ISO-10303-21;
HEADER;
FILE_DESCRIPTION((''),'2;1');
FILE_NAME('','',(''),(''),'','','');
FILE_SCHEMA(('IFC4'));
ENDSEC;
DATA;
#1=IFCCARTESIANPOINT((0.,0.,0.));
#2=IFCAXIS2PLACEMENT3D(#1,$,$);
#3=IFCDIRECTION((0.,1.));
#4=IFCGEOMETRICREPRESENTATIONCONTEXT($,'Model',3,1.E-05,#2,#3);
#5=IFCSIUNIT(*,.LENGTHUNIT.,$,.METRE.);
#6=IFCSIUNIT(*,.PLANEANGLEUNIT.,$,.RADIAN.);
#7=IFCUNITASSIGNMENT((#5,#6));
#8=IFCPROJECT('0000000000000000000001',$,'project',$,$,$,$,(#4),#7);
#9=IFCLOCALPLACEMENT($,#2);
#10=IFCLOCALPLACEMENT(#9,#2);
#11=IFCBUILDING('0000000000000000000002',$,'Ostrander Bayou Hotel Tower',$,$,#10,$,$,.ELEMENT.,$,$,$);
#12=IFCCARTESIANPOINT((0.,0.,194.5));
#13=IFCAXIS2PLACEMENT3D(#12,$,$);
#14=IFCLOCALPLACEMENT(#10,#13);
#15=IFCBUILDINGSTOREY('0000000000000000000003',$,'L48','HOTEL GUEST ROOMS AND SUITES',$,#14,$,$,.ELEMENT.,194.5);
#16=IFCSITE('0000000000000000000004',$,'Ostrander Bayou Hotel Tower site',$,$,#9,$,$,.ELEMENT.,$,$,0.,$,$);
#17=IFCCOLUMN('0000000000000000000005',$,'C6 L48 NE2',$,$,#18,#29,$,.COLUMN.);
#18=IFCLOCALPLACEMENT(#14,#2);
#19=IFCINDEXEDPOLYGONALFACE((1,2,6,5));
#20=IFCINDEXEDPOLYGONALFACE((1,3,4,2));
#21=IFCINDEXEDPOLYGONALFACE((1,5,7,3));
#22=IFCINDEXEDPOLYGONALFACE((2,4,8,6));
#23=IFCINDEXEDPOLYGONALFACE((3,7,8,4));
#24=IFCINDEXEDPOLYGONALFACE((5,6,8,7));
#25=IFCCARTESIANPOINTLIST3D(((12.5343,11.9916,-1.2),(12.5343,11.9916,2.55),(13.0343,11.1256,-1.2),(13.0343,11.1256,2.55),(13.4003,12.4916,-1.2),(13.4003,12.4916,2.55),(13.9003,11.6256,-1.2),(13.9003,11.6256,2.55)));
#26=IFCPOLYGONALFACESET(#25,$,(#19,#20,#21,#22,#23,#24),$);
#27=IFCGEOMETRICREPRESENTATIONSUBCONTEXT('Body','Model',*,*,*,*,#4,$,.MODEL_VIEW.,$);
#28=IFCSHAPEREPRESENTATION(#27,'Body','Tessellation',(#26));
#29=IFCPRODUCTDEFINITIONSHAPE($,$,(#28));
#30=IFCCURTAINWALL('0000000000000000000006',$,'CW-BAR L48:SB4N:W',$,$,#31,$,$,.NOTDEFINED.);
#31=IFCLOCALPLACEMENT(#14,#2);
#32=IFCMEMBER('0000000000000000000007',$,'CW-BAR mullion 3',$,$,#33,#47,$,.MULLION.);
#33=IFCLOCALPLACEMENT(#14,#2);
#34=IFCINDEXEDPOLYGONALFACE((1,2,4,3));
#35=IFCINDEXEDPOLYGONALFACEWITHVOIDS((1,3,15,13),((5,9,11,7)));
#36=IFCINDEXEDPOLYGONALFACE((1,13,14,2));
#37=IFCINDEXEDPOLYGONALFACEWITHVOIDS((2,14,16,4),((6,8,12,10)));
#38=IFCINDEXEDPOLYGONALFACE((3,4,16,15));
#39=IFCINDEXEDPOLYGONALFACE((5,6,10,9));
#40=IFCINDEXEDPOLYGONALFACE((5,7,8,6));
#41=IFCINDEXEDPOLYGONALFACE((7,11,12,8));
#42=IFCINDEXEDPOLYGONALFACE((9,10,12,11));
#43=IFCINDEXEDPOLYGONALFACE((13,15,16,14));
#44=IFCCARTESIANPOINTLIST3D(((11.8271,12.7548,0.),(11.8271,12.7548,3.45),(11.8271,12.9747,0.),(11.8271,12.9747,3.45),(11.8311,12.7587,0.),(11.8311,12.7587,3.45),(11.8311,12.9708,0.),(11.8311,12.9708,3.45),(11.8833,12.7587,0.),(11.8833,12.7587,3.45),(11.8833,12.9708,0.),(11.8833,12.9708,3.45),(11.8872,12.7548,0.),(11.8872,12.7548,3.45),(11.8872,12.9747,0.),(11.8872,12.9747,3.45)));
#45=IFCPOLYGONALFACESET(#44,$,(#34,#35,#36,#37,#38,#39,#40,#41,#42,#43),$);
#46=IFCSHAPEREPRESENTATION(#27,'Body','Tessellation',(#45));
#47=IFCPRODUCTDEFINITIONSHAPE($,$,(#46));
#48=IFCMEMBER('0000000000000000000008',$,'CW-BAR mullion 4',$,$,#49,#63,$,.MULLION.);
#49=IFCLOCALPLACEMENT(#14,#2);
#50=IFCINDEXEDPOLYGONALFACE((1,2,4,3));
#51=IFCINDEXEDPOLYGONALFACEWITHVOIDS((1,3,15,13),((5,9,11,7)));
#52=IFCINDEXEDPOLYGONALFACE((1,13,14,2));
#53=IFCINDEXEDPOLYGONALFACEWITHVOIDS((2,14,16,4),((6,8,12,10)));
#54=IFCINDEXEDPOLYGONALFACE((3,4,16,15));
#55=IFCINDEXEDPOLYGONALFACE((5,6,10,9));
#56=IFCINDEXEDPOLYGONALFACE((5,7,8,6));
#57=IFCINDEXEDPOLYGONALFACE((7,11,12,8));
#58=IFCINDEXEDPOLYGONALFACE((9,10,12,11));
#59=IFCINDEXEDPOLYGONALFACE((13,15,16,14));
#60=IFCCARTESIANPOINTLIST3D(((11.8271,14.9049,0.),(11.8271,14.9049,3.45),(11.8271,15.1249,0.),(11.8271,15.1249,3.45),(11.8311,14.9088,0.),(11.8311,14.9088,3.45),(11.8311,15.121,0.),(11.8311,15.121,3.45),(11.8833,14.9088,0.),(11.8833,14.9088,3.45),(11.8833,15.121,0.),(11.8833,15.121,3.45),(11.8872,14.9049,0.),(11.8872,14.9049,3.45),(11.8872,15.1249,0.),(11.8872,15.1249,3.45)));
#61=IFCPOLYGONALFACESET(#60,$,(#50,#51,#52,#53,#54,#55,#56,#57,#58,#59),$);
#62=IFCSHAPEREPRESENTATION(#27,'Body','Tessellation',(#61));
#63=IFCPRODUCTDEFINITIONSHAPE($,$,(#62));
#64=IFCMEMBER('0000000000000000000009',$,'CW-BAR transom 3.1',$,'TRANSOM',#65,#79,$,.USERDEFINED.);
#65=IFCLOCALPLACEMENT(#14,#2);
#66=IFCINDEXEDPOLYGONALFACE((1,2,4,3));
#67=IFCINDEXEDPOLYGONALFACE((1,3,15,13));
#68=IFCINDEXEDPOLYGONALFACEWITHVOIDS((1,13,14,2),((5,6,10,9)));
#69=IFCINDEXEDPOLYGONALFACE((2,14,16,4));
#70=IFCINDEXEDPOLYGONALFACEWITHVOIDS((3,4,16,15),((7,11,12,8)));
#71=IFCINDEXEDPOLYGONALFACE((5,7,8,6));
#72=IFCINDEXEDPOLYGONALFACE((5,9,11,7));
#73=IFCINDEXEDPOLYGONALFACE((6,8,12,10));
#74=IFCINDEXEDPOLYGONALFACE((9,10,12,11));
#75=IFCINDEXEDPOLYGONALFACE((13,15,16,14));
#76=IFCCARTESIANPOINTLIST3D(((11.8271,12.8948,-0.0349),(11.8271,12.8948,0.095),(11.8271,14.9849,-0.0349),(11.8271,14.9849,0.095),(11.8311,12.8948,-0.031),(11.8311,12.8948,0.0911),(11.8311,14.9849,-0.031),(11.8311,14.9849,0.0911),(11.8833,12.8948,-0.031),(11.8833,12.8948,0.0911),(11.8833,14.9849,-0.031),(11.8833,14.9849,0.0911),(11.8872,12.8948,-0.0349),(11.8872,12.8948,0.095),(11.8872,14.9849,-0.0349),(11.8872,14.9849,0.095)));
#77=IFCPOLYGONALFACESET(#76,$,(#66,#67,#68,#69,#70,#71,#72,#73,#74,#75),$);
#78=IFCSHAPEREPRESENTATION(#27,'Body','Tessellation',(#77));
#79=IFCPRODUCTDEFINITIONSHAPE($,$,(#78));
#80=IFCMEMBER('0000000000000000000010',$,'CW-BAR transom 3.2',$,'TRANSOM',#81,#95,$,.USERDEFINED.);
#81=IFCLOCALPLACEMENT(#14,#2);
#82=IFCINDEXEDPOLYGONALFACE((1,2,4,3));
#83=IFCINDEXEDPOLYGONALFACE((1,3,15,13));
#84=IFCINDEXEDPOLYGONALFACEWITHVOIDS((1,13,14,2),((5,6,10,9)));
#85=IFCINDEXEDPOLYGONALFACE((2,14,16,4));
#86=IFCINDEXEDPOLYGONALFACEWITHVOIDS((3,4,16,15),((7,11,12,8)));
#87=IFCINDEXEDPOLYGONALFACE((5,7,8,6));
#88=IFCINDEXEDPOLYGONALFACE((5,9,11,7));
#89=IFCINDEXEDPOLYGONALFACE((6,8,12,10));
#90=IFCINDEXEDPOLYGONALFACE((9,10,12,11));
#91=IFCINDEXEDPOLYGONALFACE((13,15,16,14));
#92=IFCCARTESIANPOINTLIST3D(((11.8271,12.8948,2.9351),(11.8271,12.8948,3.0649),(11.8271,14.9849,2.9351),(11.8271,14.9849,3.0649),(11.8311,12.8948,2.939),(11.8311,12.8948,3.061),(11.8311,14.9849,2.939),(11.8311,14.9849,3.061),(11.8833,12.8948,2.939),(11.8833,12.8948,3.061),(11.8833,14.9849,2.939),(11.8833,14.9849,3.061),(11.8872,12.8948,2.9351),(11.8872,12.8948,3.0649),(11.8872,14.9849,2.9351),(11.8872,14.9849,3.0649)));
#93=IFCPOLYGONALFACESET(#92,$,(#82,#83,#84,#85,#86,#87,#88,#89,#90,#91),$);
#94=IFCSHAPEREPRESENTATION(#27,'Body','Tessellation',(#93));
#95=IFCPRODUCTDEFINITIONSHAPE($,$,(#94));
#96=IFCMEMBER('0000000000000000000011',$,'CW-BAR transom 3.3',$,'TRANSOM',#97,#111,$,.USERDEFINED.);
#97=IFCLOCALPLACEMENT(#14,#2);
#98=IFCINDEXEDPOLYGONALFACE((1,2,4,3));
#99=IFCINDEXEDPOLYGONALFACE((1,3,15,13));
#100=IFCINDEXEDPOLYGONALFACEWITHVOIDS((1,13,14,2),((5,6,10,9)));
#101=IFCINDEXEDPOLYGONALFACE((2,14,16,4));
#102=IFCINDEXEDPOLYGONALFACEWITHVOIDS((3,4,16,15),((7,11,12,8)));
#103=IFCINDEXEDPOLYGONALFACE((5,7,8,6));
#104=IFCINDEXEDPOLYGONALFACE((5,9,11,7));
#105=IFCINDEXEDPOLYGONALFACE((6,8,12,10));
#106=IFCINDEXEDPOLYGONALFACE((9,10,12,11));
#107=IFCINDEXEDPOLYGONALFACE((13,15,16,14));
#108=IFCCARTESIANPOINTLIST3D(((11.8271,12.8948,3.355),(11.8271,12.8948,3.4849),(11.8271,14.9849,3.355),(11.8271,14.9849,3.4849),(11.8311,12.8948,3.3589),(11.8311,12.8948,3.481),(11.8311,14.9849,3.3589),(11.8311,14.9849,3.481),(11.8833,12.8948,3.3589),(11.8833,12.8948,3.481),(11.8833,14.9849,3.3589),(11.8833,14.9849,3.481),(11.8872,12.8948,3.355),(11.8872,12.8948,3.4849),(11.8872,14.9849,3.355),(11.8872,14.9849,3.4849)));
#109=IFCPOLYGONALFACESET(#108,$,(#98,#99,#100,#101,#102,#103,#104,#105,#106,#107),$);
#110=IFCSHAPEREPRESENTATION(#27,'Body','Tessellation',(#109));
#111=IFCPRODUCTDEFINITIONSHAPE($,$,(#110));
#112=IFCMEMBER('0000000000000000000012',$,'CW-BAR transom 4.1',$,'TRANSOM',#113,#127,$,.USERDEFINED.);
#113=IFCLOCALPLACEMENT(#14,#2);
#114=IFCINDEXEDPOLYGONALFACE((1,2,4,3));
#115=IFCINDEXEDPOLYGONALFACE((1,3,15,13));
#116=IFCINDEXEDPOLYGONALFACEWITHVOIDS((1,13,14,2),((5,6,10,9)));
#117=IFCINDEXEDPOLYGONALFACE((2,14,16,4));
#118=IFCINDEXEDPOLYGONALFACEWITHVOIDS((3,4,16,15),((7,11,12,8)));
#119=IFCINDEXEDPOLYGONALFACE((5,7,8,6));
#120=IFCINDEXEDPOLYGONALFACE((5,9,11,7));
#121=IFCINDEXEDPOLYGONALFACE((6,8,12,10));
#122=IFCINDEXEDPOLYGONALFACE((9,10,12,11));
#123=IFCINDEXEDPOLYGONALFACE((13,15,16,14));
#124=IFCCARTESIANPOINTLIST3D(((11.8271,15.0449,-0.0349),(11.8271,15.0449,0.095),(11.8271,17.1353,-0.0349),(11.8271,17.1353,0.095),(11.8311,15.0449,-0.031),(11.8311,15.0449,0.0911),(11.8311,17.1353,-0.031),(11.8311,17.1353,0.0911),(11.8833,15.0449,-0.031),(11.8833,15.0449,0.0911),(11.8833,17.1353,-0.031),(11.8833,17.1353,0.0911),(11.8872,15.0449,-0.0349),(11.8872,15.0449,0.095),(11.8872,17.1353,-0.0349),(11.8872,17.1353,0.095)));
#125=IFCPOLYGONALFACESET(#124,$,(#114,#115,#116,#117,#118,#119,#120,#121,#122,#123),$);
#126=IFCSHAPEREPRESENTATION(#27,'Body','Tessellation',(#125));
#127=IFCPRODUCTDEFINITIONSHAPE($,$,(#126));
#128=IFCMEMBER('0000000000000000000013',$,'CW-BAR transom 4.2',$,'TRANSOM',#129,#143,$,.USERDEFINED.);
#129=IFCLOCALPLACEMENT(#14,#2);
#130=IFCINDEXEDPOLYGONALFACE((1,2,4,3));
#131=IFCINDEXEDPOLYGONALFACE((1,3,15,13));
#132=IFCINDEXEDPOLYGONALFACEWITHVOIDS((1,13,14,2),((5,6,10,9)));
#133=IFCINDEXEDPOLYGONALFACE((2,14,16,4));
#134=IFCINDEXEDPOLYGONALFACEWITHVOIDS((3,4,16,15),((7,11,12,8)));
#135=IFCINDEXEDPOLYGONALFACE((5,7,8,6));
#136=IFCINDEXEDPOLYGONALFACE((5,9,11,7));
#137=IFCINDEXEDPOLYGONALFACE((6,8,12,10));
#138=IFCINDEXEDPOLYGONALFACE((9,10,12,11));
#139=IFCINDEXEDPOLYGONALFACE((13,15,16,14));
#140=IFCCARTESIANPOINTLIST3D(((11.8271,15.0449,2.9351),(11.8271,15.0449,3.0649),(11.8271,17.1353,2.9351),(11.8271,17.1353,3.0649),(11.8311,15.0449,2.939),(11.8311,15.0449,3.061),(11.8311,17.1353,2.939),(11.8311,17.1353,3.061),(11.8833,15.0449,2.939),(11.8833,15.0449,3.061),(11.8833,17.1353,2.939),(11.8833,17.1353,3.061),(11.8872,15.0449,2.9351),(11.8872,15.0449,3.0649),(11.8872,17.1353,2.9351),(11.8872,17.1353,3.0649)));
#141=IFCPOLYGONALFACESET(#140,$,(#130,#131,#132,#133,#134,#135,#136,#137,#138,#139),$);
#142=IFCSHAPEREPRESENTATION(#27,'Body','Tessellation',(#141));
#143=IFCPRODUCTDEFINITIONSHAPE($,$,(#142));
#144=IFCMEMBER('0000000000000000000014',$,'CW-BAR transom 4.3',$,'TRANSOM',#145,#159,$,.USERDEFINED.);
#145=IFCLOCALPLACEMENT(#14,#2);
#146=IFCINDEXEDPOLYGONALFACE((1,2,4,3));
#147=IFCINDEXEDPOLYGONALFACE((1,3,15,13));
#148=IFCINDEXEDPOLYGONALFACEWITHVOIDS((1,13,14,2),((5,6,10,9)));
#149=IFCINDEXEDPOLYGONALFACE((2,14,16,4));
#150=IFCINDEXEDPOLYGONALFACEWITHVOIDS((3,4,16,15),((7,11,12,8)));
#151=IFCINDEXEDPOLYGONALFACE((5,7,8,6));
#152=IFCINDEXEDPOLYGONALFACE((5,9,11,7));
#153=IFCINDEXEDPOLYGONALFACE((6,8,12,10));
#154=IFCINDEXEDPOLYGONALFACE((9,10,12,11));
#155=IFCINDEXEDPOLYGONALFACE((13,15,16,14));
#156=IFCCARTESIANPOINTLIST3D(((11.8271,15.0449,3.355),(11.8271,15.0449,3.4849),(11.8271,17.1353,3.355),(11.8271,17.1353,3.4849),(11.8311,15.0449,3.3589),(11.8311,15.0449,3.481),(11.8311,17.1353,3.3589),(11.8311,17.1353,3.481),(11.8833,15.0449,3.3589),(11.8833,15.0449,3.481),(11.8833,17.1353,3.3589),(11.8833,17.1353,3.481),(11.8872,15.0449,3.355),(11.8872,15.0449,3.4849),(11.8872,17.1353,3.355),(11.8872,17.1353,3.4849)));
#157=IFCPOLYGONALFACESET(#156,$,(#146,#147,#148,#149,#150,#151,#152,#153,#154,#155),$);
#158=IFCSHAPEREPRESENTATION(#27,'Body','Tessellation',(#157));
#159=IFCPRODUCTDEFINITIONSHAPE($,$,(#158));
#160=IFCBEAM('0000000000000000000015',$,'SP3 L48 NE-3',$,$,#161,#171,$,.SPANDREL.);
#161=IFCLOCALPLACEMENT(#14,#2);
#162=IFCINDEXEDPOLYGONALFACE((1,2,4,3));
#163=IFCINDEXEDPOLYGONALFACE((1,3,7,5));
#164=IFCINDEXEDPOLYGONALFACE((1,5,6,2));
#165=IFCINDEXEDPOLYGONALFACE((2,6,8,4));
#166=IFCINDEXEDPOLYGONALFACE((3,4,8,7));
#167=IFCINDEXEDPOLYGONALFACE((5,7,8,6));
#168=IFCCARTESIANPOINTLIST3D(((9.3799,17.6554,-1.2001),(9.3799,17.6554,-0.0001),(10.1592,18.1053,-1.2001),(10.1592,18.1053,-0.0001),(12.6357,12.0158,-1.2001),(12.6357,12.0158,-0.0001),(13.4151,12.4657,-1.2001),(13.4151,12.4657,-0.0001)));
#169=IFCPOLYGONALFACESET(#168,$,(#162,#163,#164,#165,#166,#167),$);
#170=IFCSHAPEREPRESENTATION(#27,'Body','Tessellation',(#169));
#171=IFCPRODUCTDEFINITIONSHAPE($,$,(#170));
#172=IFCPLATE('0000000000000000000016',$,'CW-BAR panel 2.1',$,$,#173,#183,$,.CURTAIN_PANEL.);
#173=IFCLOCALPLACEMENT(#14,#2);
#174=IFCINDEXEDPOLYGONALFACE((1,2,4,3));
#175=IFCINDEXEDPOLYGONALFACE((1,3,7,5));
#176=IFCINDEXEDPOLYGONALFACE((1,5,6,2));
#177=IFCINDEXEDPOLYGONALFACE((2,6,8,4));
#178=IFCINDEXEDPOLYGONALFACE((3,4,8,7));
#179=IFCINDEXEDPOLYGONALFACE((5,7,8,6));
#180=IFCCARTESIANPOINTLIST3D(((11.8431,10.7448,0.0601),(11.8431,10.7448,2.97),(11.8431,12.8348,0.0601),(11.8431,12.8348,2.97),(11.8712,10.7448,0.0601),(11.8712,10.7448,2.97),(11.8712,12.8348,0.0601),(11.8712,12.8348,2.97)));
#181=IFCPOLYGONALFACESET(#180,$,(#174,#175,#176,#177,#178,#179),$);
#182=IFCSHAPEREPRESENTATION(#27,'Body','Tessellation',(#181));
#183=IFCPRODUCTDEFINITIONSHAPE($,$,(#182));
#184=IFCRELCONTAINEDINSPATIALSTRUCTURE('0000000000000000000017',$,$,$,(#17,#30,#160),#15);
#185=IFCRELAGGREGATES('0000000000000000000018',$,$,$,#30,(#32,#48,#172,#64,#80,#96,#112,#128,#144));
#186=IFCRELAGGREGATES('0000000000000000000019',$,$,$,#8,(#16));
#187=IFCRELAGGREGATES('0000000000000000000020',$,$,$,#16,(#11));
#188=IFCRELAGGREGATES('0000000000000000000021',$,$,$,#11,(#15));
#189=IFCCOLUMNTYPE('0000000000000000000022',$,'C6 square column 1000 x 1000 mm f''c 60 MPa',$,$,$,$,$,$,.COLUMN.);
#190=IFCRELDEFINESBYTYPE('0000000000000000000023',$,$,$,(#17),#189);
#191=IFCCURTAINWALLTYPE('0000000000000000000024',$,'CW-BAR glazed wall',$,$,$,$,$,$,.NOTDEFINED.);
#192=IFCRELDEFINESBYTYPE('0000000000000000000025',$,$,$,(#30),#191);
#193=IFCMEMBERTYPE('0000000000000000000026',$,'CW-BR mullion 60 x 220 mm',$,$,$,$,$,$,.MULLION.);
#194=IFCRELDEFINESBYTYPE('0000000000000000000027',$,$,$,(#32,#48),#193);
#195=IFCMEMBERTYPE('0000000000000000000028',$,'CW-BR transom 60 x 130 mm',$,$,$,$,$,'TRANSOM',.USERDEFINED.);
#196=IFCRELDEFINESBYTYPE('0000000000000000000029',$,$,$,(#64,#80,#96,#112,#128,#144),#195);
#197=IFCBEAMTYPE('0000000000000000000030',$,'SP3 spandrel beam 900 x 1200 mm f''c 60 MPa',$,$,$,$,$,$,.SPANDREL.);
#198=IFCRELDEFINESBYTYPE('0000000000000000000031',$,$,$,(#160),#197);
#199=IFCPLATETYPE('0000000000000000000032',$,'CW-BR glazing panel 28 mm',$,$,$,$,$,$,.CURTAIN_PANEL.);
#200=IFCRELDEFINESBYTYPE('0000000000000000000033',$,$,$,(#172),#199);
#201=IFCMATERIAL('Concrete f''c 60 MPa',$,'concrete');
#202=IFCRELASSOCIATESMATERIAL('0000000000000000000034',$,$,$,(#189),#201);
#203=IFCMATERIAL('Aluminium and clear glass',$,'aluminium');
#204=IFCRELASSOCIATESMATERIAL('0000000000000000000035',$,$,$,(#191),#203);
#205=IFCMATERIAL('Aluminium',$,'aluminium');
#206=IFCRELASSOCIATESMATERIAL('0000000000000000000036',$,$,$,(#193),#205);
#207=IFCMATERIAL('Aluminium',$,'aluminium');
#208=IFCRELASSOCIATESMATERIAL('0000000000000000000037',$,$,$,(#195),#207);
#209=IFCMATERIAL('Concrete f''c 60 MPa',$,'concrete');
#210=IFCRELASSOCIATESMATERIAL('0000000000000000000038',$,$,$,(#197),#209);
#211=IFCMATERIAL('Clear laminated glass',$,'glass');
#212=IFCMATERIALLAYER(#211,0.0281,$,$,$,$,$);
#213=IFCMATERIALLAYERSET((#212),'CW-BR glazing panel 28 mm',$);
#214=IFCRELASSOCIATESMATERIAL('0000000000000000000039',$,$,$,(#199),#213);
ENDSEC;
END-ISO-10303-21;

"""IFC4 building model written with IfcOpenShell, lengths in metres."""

from ifc_helpers import new_model, si_unit, direction, frame, origin, origin_2d, place, context, subcontext, project, spatial, rectangle, hollow_rectangle, extrude, material, layer, layer_set, material_profile, profile_set, type_object, element, aggregate, save


model = new_model("IFC4")

# Units and contexts
model_context = context("Model", 3, precision=1e-05, world=origin(), true_north=direction((0.0, 1.0)))
body_context = subcontext(model_context, "Body", "Model", "MODEL_VIEW")
ifc_project = project(units=[si_unit("LENGTHUNIT", "METRE"), si_unit("PLANEANGLEUNIT", "RADIAN")], contexts=[model_context])

# Site, building, storey
site_placement = place(None, origin())
site = spatial("IfcSite", under=ifc_project, at=site_placement, Name="Ostrander Bayou Hotel Tower site", CompositionType="ELEMENT", RefElevation=0.0)
building_placement = place(site_placement, origin())
building = spatial("IfcBuilding", under=site, at=building_placement, Name="Ostrander Bayou Hotel Tower", CompositionType="ELEMENT")
storey_placement = place(building_placement, frame((0.0, 0.0, 194.5)))
storey = spatial("IfcBuildingStorey", under=building, at=storey_placement, Name="L48", Description="HOTEL GUEST ROOMS AND SUITES", CompositionType="ELEMENT", Elevation=194.5)

# Column
ifc_material_1 = material(Name="Concrete f'c 60 MPa", Category="concrete")
ifc_material_profile_1 = material_profile(ifc_material_1, rectangle(XDim=1.0, YDim=1.0, at=origin_2d()))
ifc_profile_set_1 = profile_set([ifc_material_profile_1], Name="Concrete f'c 60 MPa")
column_type = type_object("IfcColumnType", Name="C6 square column 1000 x 1000 mm f'c 60 MPa", PredefinedType="COLUMN", material=ifc_profile_set_1)
column_placement = place(storey_placement, frame((13.2173, 11.8086, -1.2), z_axis=(0.0, 0.0, 1.0), x_axis=(0.5, -0.866025, 0.0)))
element("IfcColumn", 1, at=column_placement, inside=storey, type_object=column_type, Name="C6 L48 NE2", PredefinedType="COLUMN", context=body_context, shape_type="SweptSolid", body=[
    extrude(rectangle(XDim=1.0, YDim=1.0, at=origin_2d()), origin(), (0.0, 0.0, 1.0), 3.75),
])

# Curtain wall, members
ifc_material_2 = material(Name="Aluminium and clear glass", Category="aluminium")
curtain_wall_type = type_object("IfcCurtainWallType", Name="CW-BAR glazed wall", PredefinedType="NOTDEFINED", material=ifc_material_2)
curtain_wall_placement = place(storey_placement, origin())
curtain_wall = element("IfcCurtainWall", 2, at=curtain_wall_placement, inside=storey, type_object=curtain_wall_type, Name="CW-BAR L48:SB4N:W", PredefinedType="NOTDEFINED")
ifc_material_3 = material(Name="Aluminium", Category="aluminium")
ifc_material_profile_2 = material_profile(ifc_material_3, hollow_rectangle(XDim=0.0601, YDim=0.22, WallThickness=0.0039, at=origin_2d()))
ifc_profile_set_2 = profile_set([ifc_material_profile_2], Name="Aluminium")
member_type_1 = type_object("IfcMemberType", Name="CW-BR mullion 60 x 220 mm", PredefinedType="MULLION", material=ifc_profile_set_2)
member_1_placement = place(storey_placement, frame((11.8572, 12.8647, 0.0), z_axis=(0.0, 0.0, 1.0), x_axis=(-1.0, 0.0, 0.0)))
member_1 = element("IfcMember", 3, at=member_1_placement, type_object=member_type_1, Name="CW-BAR mullion 3", PredefinedType="MULLION", context=body_context, shape_type="SweptSolid", body=[
    extrude(hollow_rectangle(XDim=0.0601, YDim=0.22, WallThickness=0.0039, at=origin_2d()), origin(), (0.0, 0.0, 1.0), 3.45),
])
member_2_placement = place(storey_placement, frame((11.8572, 15.0149, 0.0), z_axis=(0.0, 0.0, 1.0), x_axis=(-1.0, 0.0, 0.0)))
member_2 = element("IfcMember", 4, at=member_2_placement, type_object=member_type_1, Name="CW-BAR mullion 4", PredefinedType="MULLION", context=body_context, shape_type="SweptSolid", body=[
    extrude(hollow_rectangle(XDim=0.0601, YDim=0.22, WallThickness=0.0039, at=origin_2d()), origin(), (0.0, 0.0, 1.0), 3.45),
])
ifc_material_4 = material(Name="Aluminium", Category="aluminium")
ifc_material_profile_3 = material_profile(ifc_material_4, hollow_rectangle(XDim=0.0601, YDim=0.1299, WallThickness=0.0039, at=origin_2d()))
ifc_profile_set_3 = profile_set([ifc_material_profile_3], Name="Aluminium")
member_type_2 = type_object("IfcMemberType", Name="CW-BR transom 60 x 130 mm", ElementType="TRANSOM", PredefinedType="USERDEFINED", material=ifc_profile_set_3)
member_3_placement = place(storey_placement, frame((11.8572, 12.8948, 0.03), z_axis=(0.0, 1.0, 0.0), x_axis=(-1.0, 0.0, 0.0)))
member_3 = element("IfcMember", 5, at=member_3_placement, type_object=member_type_2, Name="CW-BAR transom 3.1", ObjectType="TRANSOM", PredefinedType="USERDEFINED", context=body_context, shape_type="SweptSolid", body=[
    extrude(hollow_rectangle(XDim=0.0601, YDim=0.1299, WallThickness=0.0039, at=origin_2d()), origin(), (0.0, 0.0, 1.0), 2.0901),
])
member_4_placement = place(storey_placement, frame((11.8572, 12.8948, 3.0), z_axis=(0.0, 1.0, 0.0), x_axis=(-1.0, 0.0, 0.0)))
member_4 = element("IfcMember", 6, at=member_4_placement, type_object=member_type_2, Name="CW-BAR transom 3.2", ObjectType="TRANSOM", PredefinedType="USERDEFINED", context=body_context, shape_type="SweptSolid", body=[
    extrude(hollow_rectangle(XDim=0.0601, YDim=0.1299, WallThickness=0.0039, at=origin_2d()), origin(), (0.0, 0.0, 1.0), 2.0901),
])
member_5_placement = place(storey_placement, frame((11.8572, 12.8948, 3.4199), z_axis=(0.0, 1.0, 0.0), x_axis=(-1.0, 0.0, 0.0)))
member_5 = element("IfcMember", 7, at=member_5_placement, type_object=member_type_2, Name="CW-BAR transom 3.3", ObjectType="TRANSOM", PredefinedType="USERDEFINED", context=body_context, shape_type="SweptSolid", body=[
    extrude(hollow_rectangle(XDim=0.0601, YDim=0.1299, WallThickness=0.0039, at=origin_2d()), origin(), (0.0, 0.0, 1.0), 2.0901),
])
member_6_placement = place(storey_placement, frame((11.8572, 15.0449, 0.03), z_axis=(0.0, 1.0, 0.0), x_axis=(-1.0, 0.0, 0.0)))
member_6 = element("IfcMember", 8, at=member_6_placement, type_object=member_type_2, Name="CW-BAR transom 4.1", ObjectType="TRANSOM", PredefinedType="USERDEFINED", context=body_context, shape_type="SweptSolid", body=[
    extrude(hollow_rectangle(XDim=0.0601, YDim=0.1299, WallThickness=0.0039, at=origin_2d()), origin(), (0.0, 0.0, 1.0), 2.0903),
])
member_7_placement = place(storey_placement, frame((11.8572, 15.0449, 3.0), z_axis=(0.0, 1.0, 0.0), x_axis=(-1.0, 0.0, 0.0)))
member_7 = element("IfcMember", 9, at=member_7_placement, type_object=member_type_2, Name="CW-BAR transom 4.2", ObjectType="TRANSOM", PredefinedType="USERDEFINED", context=body_context, shape_type="SweptSolid", body=[
    extrude(hollow_rectangle(XDim=0.0601, YDim=0.1299, WallThickness=0.0039, at=origin_2d()), origin(), (0.0, 0.0, 1.0), 2.0903),
])
member_8_placement = place(storey_placement, frame((11.8572, 15.0449, 3.4199), z_axis=(0.0, 1.0, 0.0), x_axis=(-1.0, 0.0, 0.0)))
member_8 = element("IfcMember", 10, at=member_8_placement, type_object=member_type_2, Name="CW-BAR transom 4.3", ObjectType="TRANSOM", PredefinedType="USERDEFINED", context=body_context, shape_type="SweptSolid", body=[
    extrude(hollow_rectangle(XDim=0.0601, YDim=0.1299, WallThickness=0.0039, at=origin_2d()), origin(), (0.0, 0.0, 1.0), 2.0903),
])

# Beam
ifc_material_5 = material(Name="Concrete f'c 60 MPa", Category="concrete")
ifc_material_profile_4 = material_profile(ifc_material_5, rectangle(XDim=0.8999, YDim=1.2, at=origin_2d()))
ifc_profile_set_4 = profile_set([ifc_material_profile_4], Name="Concrete f'c 60 MPa")
beam_type = type_object("IfcBeamType", Name="SP3 spandrel beam 900 x 1200 mm f'c 60 MPa", PredefinedType="SPANDREL", material=ifc_profile_set_4)
beam_placement = place(storey_placement, frame((13.0254, 12.2407, -0.6001), z_axis=(-0.499978, 0.866038, 0.0), x_axis=(-0.866038, -0.499978, 0.0)))
element("IfcBeam", 11, at=beam_placement, inside=storey, type_object=beam_type, Name="SP3 L48 NE-3", PredefinedType="SPANDREL", context=body_context, shape_type="SweptSolid", body=[
    extrude(rectangle(XDim=0.8999, YDim=1.2, at=origin_2d()), origin(), (0.0, 0.0, 1.0), 6.512),
])

# Plate
ifc_material_6 = material(Name="Clear laminated glass", Category="glass")
ifc_layer_1 = layer(ifc_material_6, 0.0281)
ifc_layer_set_1 = layer_set([ifc_layer_1], Name="CW-BR glazing panel 28 mm")
plate_type = type_object("IfcPlateType", Name="CW-BR glazing panel 28 mm", PredefinedType="CURTAIN_PANEL", material=ifc_layer_set_1)
plate_1_placement = place(storey_placement, frame((11.8572, 11.7898, 0.0601), z_axis=(0.0, 0.0, 1.0), x_axis=(0.0, 1.0, 0.0)))
plate_1 = element("IfcPlate", 12, at=plate_1_placement, type_object=plate_type, Name="CW-BAR panel 2.1", PredefinedType="CURTAIN_PANEL", context=body_context, shape_type="SweptSolid", body=[
    extrude(rectangle(XDim=2.0901, YDim=0.0281, at=origin_2d()), origin(), (0.0, 0.0, 1.0), 2.9099),
])
aggregate(curtain_wall, [member_1, member_2, plate_1, member_3, member_4, member_5, member_6, member_7, member_8])

save(model, "model.ifc")
